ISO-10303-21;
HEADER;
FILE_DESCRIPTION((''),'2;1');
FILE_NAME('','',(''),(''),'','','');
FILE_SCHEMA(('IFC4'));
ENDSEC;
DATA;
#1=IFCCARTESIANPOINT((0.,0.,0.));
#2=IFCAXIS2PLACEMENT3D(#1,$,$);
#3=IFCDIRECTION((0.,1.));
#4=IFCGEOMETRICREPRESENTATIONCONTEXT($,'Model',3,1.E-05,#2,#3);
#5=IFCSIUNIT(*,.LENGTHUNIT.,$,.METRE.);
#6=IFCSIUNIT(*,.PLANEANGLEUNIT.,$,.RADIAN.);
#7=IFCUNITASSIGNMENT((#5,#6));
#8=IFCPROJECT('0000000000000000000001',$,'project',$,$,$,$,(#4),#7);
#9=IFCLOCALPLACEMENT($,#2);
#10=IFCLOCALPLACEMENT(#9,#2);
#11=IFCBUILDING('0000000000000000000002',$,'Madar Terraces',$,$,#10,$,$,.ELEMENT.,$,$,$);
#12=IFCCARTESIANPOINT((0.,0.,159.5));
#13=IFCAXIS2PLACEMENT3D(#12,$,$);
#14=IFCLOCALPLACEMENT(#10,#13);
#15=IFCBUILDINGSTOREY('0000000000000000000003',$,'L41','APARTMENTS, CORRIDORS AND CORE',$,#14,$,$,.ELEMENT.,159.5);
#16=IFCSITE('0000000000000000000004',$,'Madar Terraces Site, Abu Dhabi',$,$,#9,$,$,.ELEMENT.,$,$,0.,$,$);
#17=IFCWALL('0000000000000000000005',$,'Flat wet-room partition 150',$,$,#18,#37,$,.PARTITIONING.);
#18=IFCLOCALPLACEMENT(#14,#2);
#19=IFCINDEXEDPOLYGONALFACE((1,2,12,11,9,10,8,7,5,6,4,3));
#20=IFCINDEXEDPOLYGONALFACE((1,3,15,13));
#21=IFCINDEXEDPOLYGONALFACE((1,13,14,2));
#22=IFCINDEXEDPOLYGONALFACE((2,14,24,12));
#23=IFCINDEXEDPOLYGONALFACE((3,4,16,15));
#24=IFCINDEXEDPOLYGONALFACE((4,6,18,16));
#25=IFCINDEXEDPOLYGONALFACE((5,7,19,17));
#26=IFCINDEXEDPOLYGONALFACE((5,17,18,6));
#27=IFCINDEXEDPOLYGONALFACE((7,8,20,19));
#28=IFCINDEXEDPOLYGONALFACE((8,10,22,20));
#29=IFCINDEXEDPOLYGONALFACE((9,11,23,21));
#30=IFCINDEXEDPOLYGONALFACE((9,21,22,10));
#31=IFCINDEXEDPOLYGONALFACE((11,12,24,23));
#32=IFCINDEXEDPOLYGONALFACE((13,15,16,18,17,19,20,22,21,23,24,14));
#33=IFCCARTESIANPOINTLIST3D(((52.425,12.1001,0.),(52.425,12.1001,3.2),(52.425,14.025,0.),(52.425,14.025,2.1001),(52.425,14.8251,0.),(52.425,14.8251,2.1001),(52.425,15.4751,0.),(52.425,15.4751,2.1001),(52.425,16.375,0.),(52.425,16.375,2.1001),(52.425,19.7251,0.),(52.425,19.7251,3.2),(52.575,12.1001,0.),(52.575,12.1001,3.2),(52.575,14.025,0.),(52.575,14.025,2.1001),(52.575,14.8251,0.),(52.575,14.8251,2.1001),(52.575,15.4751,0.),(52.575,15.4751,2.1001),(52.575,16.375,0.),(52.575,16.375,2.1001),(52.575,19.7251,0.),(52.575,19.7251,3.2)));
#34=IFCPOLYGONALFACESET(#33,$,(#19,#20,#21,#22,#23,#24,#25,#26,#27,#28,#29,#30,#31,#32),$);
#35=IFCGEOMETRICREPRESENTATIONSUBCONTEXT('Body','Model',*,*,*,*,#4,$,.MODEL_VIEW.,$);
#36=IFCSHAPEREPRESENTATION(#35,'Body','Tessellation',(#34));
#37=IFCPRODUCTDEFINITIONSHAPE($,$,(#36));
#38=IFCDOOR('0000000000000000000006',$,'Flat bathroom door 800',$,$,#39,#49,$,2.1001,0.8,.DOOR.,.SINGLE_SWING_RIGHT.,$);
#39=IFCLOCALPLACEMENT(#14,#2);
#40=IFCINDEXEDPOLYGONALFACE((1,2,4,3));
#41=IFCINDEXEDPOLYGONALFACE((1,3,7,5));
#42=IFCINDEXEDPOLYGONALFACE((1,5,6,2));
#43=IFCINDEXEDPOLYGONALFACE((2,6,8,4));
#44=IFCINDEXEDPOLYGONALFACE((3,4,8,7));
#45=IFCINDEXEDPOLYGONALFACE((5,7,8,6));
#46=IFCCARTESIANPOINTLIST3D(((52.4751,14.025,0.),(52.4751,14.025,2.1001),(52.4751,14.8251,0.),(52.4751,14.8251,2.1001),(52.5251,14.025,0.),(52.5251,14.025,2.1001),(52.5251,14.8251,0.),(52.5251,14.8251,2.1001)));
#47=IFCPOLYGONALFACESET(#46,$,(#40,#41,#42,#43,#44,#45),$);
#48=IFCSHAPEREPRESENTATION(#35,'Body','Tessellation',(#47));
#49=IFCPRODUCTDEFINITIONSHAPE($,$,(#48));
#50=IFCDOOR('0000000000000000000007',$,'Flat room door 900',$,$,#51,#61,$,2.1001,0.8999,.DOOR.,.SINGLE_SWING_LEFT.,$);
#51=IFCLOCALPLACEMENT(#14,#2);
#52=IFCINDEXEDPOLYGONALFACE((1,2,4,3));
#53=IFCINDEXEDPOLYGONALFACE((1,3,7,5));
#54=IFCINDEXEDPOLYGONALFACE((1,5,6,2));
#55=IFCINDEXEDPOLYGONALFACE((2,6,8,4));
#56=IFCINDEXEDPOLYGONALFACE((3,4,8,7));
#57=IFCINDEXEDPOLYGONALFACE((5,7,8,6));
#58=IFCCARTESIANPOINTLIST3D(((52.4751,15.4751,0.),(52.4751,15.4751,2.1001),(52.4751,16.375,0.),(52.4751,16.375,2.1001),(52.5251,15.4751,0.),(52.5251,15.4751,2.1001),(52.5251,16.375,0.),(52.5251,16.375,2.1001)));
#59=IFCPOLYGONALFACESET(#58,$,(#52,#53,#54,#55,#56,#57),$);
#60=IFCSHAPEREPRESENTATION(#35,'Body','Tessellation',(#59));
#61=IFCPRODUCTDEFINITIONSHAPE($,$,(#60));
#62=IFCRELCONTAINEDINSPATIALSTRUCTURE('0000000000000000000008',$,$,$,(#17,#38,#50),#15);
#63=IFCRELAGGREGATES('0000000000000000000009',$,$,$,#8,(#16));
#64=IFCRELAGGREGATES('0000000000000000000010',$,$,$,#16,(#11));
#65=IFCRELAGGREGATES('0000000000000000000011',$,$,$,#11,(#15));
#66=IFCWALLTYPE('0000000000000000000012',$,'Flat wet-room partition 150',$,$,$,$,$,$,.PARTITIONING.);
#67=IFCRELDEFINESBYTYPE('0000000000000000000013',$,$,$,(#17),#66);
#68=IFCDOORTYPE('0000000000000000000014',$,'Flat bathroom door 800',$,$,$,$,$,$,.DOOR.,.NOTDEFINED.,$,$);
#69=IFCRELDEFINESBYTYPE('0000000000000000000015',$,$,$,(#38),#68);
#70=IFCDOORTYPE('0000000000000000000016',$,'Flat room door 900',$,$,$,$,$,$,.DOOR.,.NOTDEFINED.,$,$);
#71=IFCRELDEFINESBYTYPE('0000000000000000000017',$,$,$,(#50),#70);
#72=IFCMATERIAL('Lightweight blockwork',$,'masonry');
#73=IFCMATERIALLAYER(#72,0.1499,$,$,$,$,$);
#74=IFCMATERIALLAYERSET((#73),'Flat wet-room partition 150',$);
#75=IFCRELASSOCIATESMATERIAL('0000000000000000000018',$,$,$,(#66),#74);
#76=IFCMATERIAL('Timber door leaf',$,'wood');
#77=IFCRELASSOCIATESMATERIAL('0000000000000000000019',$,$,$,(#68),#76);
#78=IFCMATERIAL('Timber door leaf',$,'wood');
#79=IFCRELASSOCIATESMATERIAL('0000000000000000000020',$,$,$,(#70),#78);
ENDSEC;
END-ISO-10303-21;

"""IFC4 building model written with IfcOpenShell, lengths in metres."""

from ifc_helpers import new_model, si_unit, direction, frame, frame_2d, origin, place, context, subcontext, project, spatial, rectangle, extrude, material, layer, layer_set, type_object, element, fill, save


model = new_model("IFC4")

# Units and contexts
model_context = context("Model", 3, precision=1e-05, world=origin(), true_north=direction((0.0, 1.0)))
body_context = subcontext(model_context, "Body", "Model", "MODEL_VIEW")
ifc_project = project(units=[si_unit("LENGTHUNIT", "METRE"), si_unit("PLANEANGLEUNIT", "RADIAN")], contexts=[model_context])

# Site, building, storey
site_placement = place(None, origin())
site = spatial("IfcSite", under=ifc_project, at=site_placement, Name="Madar Terraces Site, Abu Dhabi", CompositionType="ELEMENT", RefElevation=0.0)
building_placement = place(site_placement, origin())
building = spatial("IfcBuilding", under=site, at=building_placement, Name="Madar Terraces", CompositionType="ELEMENT")
storey_placement = place(building_placement, frame((0.0, 0.0, 159.5)))
storey = spatial("IfcBuildingStorey", under=building, at=storey_placement, Name="L41", Description="APARTMENTS, CORRIDORS AND CORE", CompositionType="ELEMENT", Elevation=159.5)

# Shared definitions
ifc_material_1 = material(Name="Lightweight blockwork", Category="masonry")
ifc_layer_1 = layer(ifc_material_1, 0.1499)
ifc_layer_set_1 = layer_set([ifc_layer_1], Name="Flat wet-room partition 150")
wall_type_1 = type_object("IfcWallType", Name="Flat wet-room partition 150", PredefinedType="PARTITIONING", material=ifc_layer_set_1)

# Wall, openings, doors
wall_1_placement = place(storey_placement, frame((52.5, 12.1001, 0.0), z_axis=(0.0, 0.0, 1.0), x_axis=(0.0, 1.0, 0.0)))
wall_1 = element("IfcWall", 1, at=wall_1_placement, inside=storey, type_object=wall_type_1, Name="Flat wet-room partition 150", PredefinedType="PARTITIONING", context=body_context, shape_type="SweptSolid", body=[
    extrude(rectangle(XDim=7.625, YDim=0.1499, at=frame_2d((3.8125, 0.0))), origin(), (0.0, 0.0, 1.0), 3.2),
])
opening_1_placement = place(wall_1_placement, frame((3.375, 0.0, 0.0)))
opening_1 = element("IfcOpeningElement", 2, at=opening_1_placement, cuts=wall_1, PredefinedType="OPENING", context=body_context, shape_type="SweptSolid", body=[
    extrude(rectangle(XDim=0.8999, YDim=2.1001, at=frame_2d((0.45, 1.05))), frame((0.0, 0.085, 0.0), z_axis=(0.0, -1.0, 0.0), x_axis=(1.0, 0.0, 0.0)), (0.0, 0.0, 1.0), 0.1699),
])
opening_2_placement = place(wall_1_placement, frame((1.925, 0.0, 0.0)))
opening_2 = element("IfcOpeningElement", 3, at=opening_2_placement, cuts=wall_1, PredefinedType="OPENING", context=body_context, shape_type="SweptSolid", body=[
    extrude(rectangle(XDim=0.8, YDim=2.1001, at=frame_2d((0.3999, 1.05))), frame((0.0, 0.085, 0.0), z_axis=(0.0, -1.0, 0.0), x_axis=(1.0, 0.0, 0.0)), (0.0, 0.0, 1.0), 0.1699),
])
ifc_material_2 = material(Name="Timber door leaf", Category="wood")
door_type_1 = type_object("IfcDoorType", Name="Flat bathroom door 800", OperationType="NOTDEFINED", PredefinedType="DOOR", material=ifc_material_2)
door_1_placement = place(opening_2_placement, origin())
door_1 = element("IfcDoor", 4, at=door_1_placement, inside=storey, type_object=door_type_1, Name="Flat bathroom door 800", OperationType="SINGLE_SWING_RIGHT", OverallHeight=2.1001, OverallWidth=0.8, PredefinedType="DOOR", context=body_context, shape_type="SweptSolid", body=[
    extrude(rectangle(XDim=0.8, YDim=2.1001, at=frame_2d((0.3999, 1.05))), frame((0.0, 0.0249, 0.0), z_axis=(0.0, -1.0, 0.0), x_axis=(1.0, 0.0, 0.0)), (0.0, 0.0, 1.0), 0.05),
])
fill(opening_2, door_1)
ifc_material_3 = material(Name="Timber door leaf", Category="wood")
door_type_2 = type_object("IfcDoorType", Name="Flat room door 900", OperationType="NOTDEFINED", PredefinedType="DOOR", material=ifc_material_3)
door_2_placement = place(opening_1_placement, origin())
door_2 = element("IfcDoor", 5, at=door_2_placement, inside=storey, type_object=door_type_2, Name="Flat room door 900", OperationType="SINGLE_SWING_LEFT", OverallHeight=2.1001, OverallWidth=0.8999, PredefinedType="DOOR", context=body_context, shape_type="SweptSolid", body=[
    extrude(rectangle(XDim=0.8999, YDim=2.1001, at=frame_2d((0.45, 1.05))), frame((0.0, 0.0249, 0.0), z_axis=(0.0, -1.0, 0.0), x_axis=(1.0, 0.0, 0.0)), (0.0, 0.0, 1.0), 0.05),
])
fill(opening_1, door_2)

save(model, "model.ifc")
